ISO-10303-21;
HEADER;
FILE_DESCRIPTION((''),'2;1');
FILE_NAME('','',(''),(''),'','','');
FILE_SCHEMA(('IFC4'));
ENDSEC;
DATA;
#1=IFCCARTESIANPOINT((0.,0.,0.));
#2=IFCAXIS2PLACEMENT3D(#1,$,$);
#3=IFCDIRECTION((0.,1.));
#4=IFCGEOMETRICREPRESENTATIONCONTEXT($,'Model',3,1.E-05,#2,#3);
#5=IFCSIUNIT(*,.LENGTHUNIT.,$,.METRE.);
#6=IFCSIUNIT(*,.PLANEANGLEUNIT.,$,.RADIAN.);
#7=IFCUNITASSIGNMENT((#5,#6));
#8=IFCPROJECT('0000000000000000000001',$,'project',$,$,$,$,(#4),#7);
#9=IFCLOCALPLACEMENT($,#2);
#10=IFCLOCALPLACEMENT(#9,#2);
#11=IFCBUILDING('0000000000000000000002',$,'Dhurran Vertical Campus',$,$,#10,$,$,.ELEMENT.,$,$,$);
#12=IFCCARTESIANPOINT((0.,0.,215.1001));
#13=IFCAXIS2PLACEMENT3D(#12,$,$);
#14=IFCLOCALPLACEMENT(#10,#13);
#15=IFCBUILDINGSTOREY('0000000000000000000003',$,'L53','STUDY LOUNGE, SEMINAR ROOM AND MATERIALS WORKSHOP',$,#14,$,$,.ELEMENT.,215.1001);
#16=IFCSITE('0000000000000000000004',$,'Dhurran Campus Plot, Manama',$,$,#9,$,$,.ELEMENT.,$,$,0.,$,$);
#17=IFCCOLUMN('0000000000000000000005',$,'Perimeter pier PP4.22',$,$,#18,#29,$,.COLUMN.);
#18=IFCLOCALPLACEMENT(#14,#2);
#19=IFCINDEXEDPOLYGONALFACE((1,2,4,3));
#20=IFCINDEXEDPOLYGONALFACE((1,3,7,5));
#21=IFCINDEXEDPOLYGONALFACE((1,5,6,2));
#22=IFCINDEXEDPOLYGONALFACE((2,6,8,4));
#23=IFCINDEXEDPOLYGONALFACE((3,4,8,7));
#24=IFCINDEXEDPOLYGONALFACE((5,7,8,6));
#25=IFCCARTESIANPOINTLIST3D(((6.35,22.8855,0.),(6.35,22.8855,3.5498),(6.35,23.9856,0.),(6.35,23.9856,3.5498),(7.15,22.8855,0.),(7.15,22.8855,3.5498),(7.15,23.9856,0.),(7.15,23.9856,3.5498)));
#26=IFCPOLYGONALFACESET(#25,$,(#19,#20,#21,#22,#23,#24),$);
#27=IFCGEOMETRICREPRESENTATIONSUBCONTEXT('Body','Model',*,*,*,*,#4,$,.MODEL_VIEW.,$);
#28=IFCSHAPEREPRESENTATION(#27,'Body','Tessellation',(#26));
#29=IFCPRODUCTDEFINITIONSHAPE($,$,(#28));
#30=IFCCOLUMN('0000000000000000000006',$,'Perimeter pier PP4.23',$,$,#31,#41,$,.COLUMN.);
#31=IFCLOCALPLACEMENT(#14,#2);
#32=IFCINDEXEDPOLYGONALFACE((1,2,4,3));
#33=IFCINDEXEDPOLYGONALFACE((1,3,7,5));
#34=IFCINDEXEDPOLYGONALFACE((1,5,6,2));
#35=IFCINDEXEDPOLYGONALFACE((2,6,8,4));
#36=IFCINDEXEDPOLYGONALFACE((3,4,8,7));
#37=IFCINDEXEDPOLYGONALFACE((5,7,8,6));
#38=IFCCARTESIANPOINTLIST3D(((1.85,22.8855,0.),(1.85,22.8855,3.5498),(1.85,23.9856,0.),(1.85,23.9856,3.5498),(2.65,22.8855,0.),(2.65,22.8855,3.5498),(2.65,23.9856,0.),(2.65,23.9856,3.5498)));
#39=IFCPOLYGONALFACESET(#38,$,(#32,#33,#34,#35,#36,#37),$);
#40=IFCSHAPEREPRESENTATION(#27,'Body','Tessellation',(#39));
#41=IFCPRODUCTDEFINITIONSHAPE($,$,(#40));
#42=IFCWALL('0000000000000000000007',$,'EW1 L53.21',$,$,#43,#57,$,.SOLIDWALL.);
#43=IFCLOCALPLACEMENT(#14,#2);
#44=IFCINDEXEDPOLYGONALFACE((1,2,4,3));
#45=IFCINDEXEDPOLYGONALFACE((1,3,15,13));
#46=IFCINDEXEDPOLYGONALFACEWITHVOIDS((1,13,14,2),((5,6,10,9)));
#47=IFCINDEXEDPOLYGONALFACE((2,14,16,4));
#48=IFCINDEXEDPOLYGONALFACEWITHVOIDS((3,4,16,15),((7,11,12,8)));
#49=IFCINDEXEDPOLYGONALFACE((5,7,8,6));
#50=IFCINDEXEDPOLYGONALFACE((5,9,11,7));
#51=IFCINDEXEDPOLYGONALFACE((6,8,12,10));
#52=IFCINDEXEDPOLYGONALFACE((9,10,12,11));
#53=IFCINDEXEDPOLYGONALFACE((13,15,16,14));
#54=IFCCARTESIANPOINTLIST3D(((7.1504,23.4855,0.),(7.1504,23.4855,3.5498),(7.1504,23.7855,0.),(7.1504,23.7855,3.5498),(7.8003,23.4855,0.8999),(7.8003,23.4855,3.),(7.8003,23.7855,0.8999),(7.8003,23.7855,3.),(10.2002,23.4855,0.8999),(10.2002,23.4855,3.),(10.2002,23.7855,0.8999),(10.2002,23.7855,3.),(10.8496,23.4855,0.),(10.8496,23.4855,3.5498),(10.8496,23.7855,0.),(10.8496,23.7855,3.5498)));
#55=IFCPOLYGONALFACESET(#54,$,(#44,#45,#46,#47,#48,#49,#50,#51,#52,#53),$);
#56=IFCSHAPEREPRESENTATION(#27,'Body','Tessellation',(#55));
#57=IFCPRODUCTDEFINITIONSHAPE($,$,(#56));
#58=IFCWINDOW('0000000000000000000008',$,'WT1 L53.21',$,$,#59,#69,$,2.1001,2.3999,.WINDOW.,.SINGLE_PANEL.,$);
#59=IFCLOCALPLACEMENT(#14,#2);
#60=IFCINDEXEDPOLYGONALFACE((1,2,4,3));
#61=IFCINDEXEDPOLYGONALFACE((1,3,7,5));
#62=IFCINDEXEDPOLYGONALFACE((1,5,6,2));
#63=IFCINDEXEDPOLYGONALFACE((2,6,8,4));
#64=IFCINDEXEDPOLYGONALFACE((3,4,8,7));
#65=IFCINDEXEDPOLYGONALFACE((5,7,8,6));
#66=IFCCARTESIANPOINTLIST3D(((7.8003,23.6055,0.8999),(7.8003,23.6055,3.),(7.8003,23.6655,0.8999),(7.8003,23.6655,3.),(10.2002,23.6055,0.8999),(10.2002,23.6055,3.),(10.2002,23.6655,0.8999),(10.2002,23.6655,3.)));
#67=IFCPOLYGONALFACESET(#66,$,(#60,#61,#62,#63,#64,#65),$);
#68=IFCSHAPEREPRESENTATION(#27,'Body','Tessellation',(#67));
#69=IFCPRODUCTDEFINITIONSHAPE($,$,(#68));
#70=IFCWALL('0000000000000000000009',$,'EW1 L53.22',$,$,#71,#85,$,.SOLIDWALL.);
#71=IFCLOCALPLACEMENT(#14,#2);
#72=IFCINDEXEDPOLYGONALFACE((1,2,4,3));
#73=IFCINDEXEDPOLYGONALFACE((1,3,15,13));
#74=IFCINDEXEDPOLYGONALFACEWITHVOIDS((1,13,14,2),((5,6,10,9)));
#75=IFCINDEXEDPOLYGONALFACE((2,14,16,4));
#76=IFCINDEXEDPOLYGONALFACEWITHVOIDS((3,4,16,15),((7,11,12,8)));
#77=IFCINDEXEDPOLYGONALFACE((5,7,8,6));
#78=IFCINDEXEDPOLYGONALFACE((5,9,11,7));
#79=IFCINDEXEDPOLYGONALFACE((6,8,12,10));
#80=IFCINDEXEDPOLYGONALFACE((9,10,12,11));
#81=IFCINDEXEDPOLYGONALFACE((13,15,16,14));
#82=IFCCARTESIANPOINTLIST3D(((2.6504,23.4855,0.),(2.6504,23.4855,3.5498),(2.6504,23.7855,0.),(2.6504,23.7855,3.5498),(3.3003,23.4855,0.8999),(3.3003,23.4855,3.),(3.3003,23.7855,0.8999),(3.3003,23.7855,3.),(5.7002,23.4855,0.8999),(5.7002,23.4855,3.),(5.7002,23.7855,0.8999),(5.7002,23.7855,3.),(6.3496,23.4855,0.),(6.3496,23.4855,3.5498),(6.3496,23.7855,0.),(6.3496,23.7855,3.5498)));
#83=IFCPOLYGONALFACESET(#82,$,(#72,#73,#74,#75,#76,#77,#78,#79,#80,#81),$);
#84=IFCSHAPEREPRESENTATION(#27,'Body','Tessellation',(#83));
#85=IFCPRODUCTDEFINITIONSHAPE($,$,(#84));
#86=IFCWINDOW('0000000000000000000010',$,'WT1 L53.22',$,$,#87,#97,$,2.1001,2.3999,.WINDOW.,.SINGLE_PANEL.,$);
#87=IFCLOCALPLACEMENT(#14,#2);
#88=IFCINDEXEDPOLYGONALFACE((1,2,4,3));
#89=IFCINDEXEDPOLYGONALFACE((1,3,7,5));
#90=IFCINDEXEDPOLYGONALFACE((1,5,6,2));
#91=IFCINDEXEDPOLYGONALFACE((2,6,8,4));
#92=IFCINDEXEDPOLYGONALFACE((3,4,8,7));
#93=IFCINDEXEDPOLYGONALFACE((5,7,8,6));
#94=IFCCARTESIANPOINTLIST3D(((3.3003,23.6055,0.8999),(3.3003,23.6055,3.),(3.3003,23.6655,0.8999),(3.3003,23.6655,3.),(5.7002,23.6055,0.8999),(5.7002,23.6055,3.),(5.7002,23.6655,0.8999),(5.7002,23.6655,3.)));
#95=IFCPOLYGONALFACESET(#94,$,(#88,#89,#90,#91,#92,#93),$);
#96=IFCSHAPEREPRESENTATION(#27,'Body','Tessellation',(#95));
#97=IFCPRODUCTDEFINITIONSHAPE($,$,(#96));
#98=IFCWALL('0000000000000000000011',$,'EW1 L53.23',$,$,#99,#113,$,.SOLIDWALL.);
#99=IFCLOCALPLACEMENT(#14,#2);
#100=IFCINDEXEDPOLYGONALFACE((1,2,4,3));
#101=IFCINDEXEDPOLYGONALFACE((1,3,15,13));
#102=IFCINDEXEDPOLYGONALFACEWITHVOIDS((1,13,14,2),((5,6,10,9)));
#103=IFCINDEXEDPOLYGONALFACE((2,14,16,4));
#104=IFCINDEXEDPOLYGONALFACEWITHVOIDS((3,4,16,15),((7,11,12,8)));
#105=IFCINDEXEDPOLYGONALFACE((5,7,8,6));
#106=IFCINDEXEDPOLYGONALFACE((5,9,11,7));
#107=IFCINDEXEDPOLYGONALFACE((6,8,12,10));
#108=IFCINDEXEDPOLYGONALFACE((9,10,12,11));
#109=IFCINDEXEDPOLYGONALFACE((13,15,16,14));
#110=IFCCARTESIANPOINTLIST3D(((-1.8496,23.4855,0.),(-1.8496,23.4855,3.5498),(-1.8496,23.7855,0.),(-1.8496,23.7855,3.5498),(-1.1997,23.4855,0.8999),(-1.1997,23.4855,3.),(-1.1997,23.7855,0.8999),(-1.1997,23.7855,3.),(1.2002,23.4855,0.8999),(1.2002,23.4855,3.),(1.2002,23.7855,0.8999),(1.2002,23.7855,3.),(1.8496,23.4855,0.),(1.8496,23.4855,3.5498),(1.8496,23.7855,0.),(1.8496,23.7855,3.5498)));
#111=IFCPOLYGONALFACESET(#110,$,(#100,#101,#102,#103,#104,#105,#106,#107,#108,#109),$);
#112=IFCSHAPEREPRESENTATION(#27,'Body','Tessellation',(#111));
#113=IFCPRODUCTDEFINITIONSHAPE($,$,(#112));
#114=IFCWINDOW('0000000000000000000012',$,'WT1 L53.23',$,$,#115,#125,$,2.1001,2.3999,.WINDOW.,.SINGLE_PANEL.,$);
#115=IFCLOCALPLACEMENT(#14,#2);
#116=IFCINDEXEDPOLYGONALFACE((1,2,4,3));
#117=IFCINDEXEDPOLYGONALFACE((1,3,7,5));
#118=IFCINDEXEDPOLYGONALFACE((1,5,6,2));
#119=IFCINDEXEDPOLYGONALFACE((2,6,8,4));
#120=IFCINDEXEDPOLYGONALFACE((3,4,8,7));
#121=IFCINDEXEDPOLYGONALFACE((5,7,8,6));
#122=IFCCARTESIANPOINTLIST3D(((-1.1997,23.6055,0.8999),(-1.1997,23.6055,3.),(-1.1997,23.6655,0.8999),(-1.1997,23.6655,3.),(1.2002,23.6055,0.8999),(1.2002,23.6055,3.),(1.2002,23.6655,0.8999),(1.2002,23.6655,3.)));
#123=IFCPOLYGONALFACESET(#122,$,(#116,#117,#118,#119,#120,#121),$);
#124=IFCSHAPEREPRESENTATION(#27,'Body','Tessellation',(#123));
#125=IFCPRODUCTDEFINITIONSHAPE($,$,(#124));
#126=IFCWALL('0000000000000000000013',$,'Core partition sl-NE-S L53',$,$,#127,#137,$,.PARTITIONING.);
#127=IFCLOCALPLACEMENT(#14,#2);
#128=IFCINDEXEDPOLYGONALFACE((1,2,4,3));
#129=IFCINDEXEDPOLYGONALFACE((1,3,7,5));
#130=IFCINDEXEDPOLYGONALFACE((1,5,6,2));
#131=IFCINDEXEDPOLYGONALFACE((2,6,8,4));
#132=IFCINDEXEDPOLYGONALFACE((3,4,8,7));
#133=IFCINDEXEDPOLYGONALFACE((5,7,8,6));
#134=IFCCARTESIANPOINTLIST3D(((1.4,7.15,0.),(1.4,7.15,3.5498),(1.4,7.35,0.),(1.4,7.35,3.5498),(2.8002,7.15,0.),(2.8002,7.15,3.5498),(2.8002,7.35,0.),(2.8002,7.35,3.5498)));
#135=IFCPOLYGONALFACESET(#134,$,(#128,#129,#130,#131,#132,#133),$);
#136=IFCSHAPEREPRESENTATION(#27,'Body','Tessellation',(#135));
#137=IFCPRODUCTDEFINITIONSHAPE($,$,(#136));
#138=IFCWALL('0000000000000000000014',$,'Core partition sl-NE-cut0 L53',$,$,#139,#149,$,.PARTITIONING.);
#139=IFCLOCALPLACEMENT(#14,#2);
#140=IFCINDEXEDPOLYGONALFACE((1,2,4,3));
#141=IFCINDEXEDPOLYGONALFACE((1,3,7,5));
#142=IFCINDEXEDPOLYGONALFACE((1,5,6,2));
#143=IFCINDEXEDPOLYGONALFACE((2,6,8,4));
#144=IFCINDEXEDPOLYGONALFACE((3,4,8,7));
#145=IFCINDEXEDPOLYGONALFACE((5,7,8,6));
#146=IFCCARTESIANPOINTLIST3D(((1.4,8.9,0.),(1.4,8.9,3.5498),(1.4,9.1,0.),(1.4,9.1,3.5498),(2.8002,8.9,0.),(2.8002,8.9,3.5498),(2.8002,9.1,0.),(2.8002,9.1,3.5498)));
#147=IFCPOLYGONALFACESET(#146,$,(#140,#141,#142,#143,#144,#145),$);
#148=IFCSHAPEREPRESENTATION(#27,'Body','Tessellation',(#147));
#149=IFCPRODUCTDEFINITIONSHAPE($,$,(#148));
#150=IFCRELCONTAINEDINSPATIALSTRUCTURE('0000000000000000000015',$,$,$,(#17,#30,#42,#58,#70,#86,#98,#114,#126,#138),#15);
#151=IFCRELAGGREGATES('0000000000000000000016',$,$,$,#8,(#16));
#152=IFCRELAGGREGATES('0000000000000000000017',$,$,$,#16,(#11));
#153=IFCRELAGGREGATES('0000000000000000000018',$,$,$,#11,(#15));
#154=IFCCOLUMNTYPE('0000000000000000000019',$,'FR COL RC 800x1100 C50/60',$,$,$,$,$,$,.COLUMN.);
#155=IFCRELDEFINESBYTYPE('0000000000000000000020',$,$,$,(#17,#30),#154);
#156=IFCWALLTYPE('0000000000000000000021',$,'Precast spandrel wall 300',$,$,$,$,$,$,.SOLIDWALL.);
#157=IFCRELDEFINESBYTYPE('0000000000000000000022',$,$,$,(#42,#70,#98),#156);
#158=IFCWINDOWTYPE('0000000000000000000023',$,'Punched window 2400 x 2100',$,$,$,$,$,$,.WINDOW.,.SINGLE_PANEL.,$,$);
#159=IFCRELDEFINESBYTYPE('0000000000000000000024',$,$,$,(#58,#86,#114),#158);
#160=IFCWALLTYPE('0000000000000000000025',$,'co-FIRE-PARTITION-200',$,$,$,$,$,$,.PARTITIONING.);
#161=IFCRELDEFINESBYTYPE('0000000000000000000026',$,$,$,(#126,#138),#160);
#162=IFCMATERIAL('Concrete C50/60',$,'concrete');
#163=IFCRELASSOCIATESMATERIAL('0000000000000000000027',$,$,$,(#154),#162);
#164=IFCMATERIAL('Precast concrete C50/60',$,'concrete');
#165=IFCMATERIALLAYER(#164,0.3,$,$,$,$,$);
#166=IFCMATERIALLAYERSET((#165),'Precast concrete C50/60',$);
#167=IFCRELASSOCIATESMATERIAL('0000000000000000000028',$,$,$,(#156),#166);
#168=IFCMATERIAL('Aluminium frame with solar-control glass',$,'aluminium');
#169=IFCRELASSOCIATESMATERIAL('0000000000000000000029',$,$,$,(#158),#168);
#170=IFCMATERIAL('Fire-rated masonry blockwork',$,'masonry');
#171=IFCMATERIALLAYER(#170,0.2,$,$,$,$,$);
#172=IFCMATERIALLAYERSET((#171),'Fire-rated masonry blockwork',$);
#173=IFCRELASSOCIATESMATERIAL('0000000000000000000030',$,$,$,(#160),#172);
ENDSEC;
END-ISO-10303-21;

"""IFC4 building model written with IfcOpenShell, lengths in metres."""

from ifc_helpers import new_model, si_unit, direction, frame, frame_2d, origin, origin_2d, place, context, subcontext, project, spatial, rectangle, extrude, material, layer, layer_set, material_profile, profile_set, type_object, element, fill, save


model = new_model("IFC4")

# Units and contexts
model_context = context("Model", 3, precision=1e-05, world=origin(), true_north=direction((0.0, 1.0)))
body_context = subcontext(model_context, "Body", "Model", "MODEL_VIEW")
ifc_project = project(units=[si_unit("LENGTHUNIT", "METRE"), si_unit("PLANEANGLEUNIT", "RADIAN")], contexts=[model_context])

# Site, building, storey
site_placement = place(None, origin())
site = spatial("IfcSite", under=ifc_project, at=site_placement, Name="Dhurran Campus Plot, Manama", CompositionType="ELEMENT", RefElevation=0.0)
building_placement = place(site_placement, origin())
building = spatial("IfcBuilding", under=site, at=building_placement, Name="Dhurran Vertical Campus", CompositionType="ELEMENT")
storey_placement = place(building_placement, frame((0.0, 0.0, 215.1001)))
storey = spatial("IfcBuildingStorey", under=building, at=storey_placement, Name="L53", Description="STUDY LOUNGE, SEMINAR ROOM AND MATERIALS WORKSHOP", CompositionType="ELEMENT", Elevation=215.1001)

# Columns
ifc_material_1 = material(Name="Concrete C50/60", Category="concrete")
ifc_material_profile = material_profile(ifc_material_1, rectangle(XDim=0.8, YDim=1.1001, at=origin_2d()), Name="RC 800x1100")
ifc_profile_set = profile_set([ifc_material_profile], Name="Concrete C50/60")
column_type = type_object("IfcColumnType", Name="FR COL RC 800x1100 C50/60", PredefinedType="COLUMN", material=ifc_profile_set)
for number, where, z_axis, x_axis, name in (
    (1, (6.75, 23.4355, 0.0), (0.0, 0.0, 1.0), (-1.0, 0.0, 0.0), "Perimeter pier PP4.22"),
    (2, (2.25, 23.4355, 0.0), (0.0, 0.0, 1.0), (-1.0, 0.0, 0.0), "Perimeter pier PP4.23"),
):
    element("IfcColumn", number, at=place(storey_placement, frame(where, z_axis=z_axis, x_axis=x_axis)), inside=storey, type_object=column_type, Name=name, PredefinedType="COLUMN", context=body_context, shape_type="SweptSolid", body=[
        extrude(rectangle(XDim=0.8, YDim=1.1001, at=origin_2d()), origin(), (0.0, 0.0, 1.0), 3.5498),
    ])

# Walls, openings, windows
ifc_material_2 = material(Name="Precast concrete C50/60", Category="concrete")
ifc_layer_1 = layer(ifc_material_2, 0.3)
ifc_layer_set_1 = layer_set([ifc_layer_1], Name="Precast concrete C50/60")
wall_type_1 = type_object("IfcWallType", Name="Precast spandrel wall 300", PredefinedType="SOLIDWALL", material=ifc_layer_set_1)
wall_1_placement = place(storey_placement, frame((10.8496, 23.6355, 0.0), z_axis=(0.0, 0.0, 1.0), x_axis=(-1.0, 0.0, 0.0)))
wall_1 = element("IfcWall", 3, at=wall_1_placement, inside=storey, type_object=wall_type_1, Name="EW1 L53.21", PredefinedType="SOLIDWALL", context=body_context, shape_type="SweptSolid", body=[
    extrude(rectangle(XDim=3.6992, YDim=0.3, at=frame_2d((1.8496, 0.0))), origin(), (0.0, 0.0, 1.0), 3.5498),
])
opening_1_placement = place(wall_1_placement, frame((0.6494, 0.0, 0.8999)))
opening_1 = element("IfcOpeningElement", 4, at=opening_1_placement, cuts=wall_1, PredefinedType="OPENING", context=body_context, shape_type="SweptSolid", body=[
    extrude(rectangle(XDim=2.3999, YDim=2.1001, at=frame_2d((1.2, 1.05))), frame((0.0, 0.1599, 0.0), z_axis=(0.0, -1.0, 0.0), x_axis=(1.0, 0.0, 0.0)), (0.0, 0.0, 1.0), 0.3201),
])
ifc_material_3 = material(Name="Aluminium frame with solar-control glass", Category="aluminium")
window_type = type_object("IfcWindowType", Name="Punched window 2400 x 2100", PartitioningType="SINGLE_PANEL", PredefinedType="WINDOW", material=ifc_material_3)
window_1_placement = place(opening_1_placement, origin())
window_1 = element("IfcWindow", 5, at=window_1_placement, inside=storey, type_object=window_type, Name="WT1 L53.21", OverallHeight=2.1001, OverallWidth=2.3999, PartitioningType="SINGLE_PANEL", PredefinedType="WINDOW", context=body_context, shape_type="SweptSolid", body=[
    extrude(rectangle(XDim=2.3999, YDim=2.1001, at=frame_2d((1.2, 1.05))), frame((0.0, 0.03, 0.0), z_axis=(0.0, -1.0, 0.0), x_axis=(1.0, 0.0, 0.0)), (0.0, 0.0, 1.0), 0.0601),
])
fill(opening_1, window_1)
wall_2_placement = place(storey_placement, frame((6.3496, 23.6355, 0.0), z_axis=(0.0, 0.0, 1.0), x_axis=(-1.0, 0.0, 0.0)))
wall_2 = element("IfcWall", 6, at=wall_2_placement, inside=storey, type_object=wall_type_1, Name="EW1 L53.22", PredefinedType="SOLIDWALL", context=body_context, shape_type="SweptSolid", body=[
    extrude(rectangle(XDim=3.6992, YDim=0.3, at=frame_2d((1.8496, 0.0))), origin(), (0.0, 0.0, 1.0), 3.5498),
])
opening_2_placement = place(wall_2_placement, frame((0.6494, 0.0, 0.8999)))
opening_2 = element("IfcOpeningElement", 7, at=opening_2_placement, cuts=wall_2, PredefinedType="OPENING", context=body_context, shape_type="SweptSolid", body=[
    extrude(rectangle(XDim=2.3999, YDim=2.1001, at=frame_2d((1.2, 1.05))), frame((0.0, 0.1599, 0.0), z_axis=(0.0, -1.0, 0.0), x_axis=(1.0, 0.0, 0.0)), (0.0, 0.0, 1.0), 0.3201),
])
window_2_placement = place(opening_2_placement, origin())
window_2 = element("IfcWindow", 8, at=window_2_placement, inside=storey, type_object=window_type, Name="WT1 L53.22", OverallHeight=2.1001, OverallWidth=2.3999, PartitioningType="SINGLE_PANEL", PredefinedType="WINDOW", context=body_context, shape_type="SweptSolid", body=[
    extrude(rectangle(XDim=2.3999, YDim=2.1001, at=frame_2d((1.2, 1.05))), frame((0.0, 0.03, 0.0), z_axis=(0.0, -1.0, 0.0), x_axis=(1.0, 0.0, 0.0)), (0.0, 0.0, 1.0), 0.0601),
])
fill(opening_2, window_2)
wall_3_placement = place(storey_placement, frame((1.8496, 23.6355, 0.0), z_axis=(0.0, 0.0, 1.0), x_axis=(-1.0, 0.0, 0.0)))
wall_3 = element("IfcWall", 9, at=wall_3_placement, inside=storey, type_object=wall_type_1, Name="EW1 L53.23", PredefinedType="SOLIDWALL", context=body_context, shape_type="SweptSolid", body=[
    extrude(rectangle(XDim=3.6992, YDim=0.3, at=frame_2d((1.8496, 0.0))), origin(), (0.0, 0.0, 1.0), 3.5498),
])
opening_3_placement = place(wall_3_placement, frame((0.6494, 0.0, 0.8999)))
opening_3 = element("IfcOpeningElement", 10, at=opening_3_placement, cuts=wall_3, PredefinedType="OPENING", context=body_context, shape_type="SweptSolid", body=[
    extrude(rectangle(XDim=2.3999, YDim=2.1001, at=frame_2d((1.2, 1.05))), frame((0.0, 0.1599, 0.0), z_axis=(0.0, -1.0, 0.0), x_axis=(1.0, 0.0, 0.0)), (0.0, 0.0, 1.0), 0.3201),
])
window_3_placement = place(opening_3_placement, origin())
window_3 = element("IfcWindow", 11, at=window_3_placement, inside=storey, type_object=window_type, Name="WT1 L53.23", OverallHeight=2.1001, OverallWidth=2.3999, PartitioningType="SINGLE_PANEL", PredefinedType="WINDOW", context=body_context, shape_type="SweptSolid", body=[
    extrude(rectangle(XDim=2.3999, YDim=2.1001, at=frame_2d((1.2, 1.05))), frame((0.0, 0.03, 0.0), z_axis=(0.0, -1.0, 0.0), x_axis=(1.0, 0.0, 0.0)), (0.0, 0.0, 1.0), 0.0601),
])
fill(opening_3, window_3)

# Walls
ifc_material_4 = material(Name="Fire-rated masonry blockwork", Category="masonry")
ifc_layer_2 = layer(ifc_material_4, 0.2)
ifc_layer_set_2 = layer_set([ifc_layer_2], Name="Fire-rated masonry blockwork")
wall_type_2 = type_object("IfcWallType", Name="co-FIRE-PARTITION-200", PredefinedType="PARTITIONING", material=ifc_layer_set_2)
for number, where, z_axis, x_axis, name in (
    (12, (1.3999, 7.25, 0.0), (0.0, 0.0, 1.0), (1.0, 0.0, 0.0), "Core partition sl-NE-S L53"),
    (13, (1.3999, 9.0, 0.0), (0.0, 0.0, 1.0), (1.0, 0.0, 0.0), "Core partition sl-NE-cut0 L53"),
):
    element("IfcWall", number, at=place(storey_placement, frame(where, z_axis=z_axis, x_axis=x_axis)), inside=storey, type_object=wall_type_2, Name=name, PredefinedType="PARTITIONING", context=body_context, shape_type="SweptSolid", body=[
        extrude(rectangle(XDim=1.4001, YDim=0.2, at=frame_2d((0.7002, 0.0))), origin(), (0.0, 0.0, 1.0), 3.5498),
    ])

save(model, "model.ifc")
